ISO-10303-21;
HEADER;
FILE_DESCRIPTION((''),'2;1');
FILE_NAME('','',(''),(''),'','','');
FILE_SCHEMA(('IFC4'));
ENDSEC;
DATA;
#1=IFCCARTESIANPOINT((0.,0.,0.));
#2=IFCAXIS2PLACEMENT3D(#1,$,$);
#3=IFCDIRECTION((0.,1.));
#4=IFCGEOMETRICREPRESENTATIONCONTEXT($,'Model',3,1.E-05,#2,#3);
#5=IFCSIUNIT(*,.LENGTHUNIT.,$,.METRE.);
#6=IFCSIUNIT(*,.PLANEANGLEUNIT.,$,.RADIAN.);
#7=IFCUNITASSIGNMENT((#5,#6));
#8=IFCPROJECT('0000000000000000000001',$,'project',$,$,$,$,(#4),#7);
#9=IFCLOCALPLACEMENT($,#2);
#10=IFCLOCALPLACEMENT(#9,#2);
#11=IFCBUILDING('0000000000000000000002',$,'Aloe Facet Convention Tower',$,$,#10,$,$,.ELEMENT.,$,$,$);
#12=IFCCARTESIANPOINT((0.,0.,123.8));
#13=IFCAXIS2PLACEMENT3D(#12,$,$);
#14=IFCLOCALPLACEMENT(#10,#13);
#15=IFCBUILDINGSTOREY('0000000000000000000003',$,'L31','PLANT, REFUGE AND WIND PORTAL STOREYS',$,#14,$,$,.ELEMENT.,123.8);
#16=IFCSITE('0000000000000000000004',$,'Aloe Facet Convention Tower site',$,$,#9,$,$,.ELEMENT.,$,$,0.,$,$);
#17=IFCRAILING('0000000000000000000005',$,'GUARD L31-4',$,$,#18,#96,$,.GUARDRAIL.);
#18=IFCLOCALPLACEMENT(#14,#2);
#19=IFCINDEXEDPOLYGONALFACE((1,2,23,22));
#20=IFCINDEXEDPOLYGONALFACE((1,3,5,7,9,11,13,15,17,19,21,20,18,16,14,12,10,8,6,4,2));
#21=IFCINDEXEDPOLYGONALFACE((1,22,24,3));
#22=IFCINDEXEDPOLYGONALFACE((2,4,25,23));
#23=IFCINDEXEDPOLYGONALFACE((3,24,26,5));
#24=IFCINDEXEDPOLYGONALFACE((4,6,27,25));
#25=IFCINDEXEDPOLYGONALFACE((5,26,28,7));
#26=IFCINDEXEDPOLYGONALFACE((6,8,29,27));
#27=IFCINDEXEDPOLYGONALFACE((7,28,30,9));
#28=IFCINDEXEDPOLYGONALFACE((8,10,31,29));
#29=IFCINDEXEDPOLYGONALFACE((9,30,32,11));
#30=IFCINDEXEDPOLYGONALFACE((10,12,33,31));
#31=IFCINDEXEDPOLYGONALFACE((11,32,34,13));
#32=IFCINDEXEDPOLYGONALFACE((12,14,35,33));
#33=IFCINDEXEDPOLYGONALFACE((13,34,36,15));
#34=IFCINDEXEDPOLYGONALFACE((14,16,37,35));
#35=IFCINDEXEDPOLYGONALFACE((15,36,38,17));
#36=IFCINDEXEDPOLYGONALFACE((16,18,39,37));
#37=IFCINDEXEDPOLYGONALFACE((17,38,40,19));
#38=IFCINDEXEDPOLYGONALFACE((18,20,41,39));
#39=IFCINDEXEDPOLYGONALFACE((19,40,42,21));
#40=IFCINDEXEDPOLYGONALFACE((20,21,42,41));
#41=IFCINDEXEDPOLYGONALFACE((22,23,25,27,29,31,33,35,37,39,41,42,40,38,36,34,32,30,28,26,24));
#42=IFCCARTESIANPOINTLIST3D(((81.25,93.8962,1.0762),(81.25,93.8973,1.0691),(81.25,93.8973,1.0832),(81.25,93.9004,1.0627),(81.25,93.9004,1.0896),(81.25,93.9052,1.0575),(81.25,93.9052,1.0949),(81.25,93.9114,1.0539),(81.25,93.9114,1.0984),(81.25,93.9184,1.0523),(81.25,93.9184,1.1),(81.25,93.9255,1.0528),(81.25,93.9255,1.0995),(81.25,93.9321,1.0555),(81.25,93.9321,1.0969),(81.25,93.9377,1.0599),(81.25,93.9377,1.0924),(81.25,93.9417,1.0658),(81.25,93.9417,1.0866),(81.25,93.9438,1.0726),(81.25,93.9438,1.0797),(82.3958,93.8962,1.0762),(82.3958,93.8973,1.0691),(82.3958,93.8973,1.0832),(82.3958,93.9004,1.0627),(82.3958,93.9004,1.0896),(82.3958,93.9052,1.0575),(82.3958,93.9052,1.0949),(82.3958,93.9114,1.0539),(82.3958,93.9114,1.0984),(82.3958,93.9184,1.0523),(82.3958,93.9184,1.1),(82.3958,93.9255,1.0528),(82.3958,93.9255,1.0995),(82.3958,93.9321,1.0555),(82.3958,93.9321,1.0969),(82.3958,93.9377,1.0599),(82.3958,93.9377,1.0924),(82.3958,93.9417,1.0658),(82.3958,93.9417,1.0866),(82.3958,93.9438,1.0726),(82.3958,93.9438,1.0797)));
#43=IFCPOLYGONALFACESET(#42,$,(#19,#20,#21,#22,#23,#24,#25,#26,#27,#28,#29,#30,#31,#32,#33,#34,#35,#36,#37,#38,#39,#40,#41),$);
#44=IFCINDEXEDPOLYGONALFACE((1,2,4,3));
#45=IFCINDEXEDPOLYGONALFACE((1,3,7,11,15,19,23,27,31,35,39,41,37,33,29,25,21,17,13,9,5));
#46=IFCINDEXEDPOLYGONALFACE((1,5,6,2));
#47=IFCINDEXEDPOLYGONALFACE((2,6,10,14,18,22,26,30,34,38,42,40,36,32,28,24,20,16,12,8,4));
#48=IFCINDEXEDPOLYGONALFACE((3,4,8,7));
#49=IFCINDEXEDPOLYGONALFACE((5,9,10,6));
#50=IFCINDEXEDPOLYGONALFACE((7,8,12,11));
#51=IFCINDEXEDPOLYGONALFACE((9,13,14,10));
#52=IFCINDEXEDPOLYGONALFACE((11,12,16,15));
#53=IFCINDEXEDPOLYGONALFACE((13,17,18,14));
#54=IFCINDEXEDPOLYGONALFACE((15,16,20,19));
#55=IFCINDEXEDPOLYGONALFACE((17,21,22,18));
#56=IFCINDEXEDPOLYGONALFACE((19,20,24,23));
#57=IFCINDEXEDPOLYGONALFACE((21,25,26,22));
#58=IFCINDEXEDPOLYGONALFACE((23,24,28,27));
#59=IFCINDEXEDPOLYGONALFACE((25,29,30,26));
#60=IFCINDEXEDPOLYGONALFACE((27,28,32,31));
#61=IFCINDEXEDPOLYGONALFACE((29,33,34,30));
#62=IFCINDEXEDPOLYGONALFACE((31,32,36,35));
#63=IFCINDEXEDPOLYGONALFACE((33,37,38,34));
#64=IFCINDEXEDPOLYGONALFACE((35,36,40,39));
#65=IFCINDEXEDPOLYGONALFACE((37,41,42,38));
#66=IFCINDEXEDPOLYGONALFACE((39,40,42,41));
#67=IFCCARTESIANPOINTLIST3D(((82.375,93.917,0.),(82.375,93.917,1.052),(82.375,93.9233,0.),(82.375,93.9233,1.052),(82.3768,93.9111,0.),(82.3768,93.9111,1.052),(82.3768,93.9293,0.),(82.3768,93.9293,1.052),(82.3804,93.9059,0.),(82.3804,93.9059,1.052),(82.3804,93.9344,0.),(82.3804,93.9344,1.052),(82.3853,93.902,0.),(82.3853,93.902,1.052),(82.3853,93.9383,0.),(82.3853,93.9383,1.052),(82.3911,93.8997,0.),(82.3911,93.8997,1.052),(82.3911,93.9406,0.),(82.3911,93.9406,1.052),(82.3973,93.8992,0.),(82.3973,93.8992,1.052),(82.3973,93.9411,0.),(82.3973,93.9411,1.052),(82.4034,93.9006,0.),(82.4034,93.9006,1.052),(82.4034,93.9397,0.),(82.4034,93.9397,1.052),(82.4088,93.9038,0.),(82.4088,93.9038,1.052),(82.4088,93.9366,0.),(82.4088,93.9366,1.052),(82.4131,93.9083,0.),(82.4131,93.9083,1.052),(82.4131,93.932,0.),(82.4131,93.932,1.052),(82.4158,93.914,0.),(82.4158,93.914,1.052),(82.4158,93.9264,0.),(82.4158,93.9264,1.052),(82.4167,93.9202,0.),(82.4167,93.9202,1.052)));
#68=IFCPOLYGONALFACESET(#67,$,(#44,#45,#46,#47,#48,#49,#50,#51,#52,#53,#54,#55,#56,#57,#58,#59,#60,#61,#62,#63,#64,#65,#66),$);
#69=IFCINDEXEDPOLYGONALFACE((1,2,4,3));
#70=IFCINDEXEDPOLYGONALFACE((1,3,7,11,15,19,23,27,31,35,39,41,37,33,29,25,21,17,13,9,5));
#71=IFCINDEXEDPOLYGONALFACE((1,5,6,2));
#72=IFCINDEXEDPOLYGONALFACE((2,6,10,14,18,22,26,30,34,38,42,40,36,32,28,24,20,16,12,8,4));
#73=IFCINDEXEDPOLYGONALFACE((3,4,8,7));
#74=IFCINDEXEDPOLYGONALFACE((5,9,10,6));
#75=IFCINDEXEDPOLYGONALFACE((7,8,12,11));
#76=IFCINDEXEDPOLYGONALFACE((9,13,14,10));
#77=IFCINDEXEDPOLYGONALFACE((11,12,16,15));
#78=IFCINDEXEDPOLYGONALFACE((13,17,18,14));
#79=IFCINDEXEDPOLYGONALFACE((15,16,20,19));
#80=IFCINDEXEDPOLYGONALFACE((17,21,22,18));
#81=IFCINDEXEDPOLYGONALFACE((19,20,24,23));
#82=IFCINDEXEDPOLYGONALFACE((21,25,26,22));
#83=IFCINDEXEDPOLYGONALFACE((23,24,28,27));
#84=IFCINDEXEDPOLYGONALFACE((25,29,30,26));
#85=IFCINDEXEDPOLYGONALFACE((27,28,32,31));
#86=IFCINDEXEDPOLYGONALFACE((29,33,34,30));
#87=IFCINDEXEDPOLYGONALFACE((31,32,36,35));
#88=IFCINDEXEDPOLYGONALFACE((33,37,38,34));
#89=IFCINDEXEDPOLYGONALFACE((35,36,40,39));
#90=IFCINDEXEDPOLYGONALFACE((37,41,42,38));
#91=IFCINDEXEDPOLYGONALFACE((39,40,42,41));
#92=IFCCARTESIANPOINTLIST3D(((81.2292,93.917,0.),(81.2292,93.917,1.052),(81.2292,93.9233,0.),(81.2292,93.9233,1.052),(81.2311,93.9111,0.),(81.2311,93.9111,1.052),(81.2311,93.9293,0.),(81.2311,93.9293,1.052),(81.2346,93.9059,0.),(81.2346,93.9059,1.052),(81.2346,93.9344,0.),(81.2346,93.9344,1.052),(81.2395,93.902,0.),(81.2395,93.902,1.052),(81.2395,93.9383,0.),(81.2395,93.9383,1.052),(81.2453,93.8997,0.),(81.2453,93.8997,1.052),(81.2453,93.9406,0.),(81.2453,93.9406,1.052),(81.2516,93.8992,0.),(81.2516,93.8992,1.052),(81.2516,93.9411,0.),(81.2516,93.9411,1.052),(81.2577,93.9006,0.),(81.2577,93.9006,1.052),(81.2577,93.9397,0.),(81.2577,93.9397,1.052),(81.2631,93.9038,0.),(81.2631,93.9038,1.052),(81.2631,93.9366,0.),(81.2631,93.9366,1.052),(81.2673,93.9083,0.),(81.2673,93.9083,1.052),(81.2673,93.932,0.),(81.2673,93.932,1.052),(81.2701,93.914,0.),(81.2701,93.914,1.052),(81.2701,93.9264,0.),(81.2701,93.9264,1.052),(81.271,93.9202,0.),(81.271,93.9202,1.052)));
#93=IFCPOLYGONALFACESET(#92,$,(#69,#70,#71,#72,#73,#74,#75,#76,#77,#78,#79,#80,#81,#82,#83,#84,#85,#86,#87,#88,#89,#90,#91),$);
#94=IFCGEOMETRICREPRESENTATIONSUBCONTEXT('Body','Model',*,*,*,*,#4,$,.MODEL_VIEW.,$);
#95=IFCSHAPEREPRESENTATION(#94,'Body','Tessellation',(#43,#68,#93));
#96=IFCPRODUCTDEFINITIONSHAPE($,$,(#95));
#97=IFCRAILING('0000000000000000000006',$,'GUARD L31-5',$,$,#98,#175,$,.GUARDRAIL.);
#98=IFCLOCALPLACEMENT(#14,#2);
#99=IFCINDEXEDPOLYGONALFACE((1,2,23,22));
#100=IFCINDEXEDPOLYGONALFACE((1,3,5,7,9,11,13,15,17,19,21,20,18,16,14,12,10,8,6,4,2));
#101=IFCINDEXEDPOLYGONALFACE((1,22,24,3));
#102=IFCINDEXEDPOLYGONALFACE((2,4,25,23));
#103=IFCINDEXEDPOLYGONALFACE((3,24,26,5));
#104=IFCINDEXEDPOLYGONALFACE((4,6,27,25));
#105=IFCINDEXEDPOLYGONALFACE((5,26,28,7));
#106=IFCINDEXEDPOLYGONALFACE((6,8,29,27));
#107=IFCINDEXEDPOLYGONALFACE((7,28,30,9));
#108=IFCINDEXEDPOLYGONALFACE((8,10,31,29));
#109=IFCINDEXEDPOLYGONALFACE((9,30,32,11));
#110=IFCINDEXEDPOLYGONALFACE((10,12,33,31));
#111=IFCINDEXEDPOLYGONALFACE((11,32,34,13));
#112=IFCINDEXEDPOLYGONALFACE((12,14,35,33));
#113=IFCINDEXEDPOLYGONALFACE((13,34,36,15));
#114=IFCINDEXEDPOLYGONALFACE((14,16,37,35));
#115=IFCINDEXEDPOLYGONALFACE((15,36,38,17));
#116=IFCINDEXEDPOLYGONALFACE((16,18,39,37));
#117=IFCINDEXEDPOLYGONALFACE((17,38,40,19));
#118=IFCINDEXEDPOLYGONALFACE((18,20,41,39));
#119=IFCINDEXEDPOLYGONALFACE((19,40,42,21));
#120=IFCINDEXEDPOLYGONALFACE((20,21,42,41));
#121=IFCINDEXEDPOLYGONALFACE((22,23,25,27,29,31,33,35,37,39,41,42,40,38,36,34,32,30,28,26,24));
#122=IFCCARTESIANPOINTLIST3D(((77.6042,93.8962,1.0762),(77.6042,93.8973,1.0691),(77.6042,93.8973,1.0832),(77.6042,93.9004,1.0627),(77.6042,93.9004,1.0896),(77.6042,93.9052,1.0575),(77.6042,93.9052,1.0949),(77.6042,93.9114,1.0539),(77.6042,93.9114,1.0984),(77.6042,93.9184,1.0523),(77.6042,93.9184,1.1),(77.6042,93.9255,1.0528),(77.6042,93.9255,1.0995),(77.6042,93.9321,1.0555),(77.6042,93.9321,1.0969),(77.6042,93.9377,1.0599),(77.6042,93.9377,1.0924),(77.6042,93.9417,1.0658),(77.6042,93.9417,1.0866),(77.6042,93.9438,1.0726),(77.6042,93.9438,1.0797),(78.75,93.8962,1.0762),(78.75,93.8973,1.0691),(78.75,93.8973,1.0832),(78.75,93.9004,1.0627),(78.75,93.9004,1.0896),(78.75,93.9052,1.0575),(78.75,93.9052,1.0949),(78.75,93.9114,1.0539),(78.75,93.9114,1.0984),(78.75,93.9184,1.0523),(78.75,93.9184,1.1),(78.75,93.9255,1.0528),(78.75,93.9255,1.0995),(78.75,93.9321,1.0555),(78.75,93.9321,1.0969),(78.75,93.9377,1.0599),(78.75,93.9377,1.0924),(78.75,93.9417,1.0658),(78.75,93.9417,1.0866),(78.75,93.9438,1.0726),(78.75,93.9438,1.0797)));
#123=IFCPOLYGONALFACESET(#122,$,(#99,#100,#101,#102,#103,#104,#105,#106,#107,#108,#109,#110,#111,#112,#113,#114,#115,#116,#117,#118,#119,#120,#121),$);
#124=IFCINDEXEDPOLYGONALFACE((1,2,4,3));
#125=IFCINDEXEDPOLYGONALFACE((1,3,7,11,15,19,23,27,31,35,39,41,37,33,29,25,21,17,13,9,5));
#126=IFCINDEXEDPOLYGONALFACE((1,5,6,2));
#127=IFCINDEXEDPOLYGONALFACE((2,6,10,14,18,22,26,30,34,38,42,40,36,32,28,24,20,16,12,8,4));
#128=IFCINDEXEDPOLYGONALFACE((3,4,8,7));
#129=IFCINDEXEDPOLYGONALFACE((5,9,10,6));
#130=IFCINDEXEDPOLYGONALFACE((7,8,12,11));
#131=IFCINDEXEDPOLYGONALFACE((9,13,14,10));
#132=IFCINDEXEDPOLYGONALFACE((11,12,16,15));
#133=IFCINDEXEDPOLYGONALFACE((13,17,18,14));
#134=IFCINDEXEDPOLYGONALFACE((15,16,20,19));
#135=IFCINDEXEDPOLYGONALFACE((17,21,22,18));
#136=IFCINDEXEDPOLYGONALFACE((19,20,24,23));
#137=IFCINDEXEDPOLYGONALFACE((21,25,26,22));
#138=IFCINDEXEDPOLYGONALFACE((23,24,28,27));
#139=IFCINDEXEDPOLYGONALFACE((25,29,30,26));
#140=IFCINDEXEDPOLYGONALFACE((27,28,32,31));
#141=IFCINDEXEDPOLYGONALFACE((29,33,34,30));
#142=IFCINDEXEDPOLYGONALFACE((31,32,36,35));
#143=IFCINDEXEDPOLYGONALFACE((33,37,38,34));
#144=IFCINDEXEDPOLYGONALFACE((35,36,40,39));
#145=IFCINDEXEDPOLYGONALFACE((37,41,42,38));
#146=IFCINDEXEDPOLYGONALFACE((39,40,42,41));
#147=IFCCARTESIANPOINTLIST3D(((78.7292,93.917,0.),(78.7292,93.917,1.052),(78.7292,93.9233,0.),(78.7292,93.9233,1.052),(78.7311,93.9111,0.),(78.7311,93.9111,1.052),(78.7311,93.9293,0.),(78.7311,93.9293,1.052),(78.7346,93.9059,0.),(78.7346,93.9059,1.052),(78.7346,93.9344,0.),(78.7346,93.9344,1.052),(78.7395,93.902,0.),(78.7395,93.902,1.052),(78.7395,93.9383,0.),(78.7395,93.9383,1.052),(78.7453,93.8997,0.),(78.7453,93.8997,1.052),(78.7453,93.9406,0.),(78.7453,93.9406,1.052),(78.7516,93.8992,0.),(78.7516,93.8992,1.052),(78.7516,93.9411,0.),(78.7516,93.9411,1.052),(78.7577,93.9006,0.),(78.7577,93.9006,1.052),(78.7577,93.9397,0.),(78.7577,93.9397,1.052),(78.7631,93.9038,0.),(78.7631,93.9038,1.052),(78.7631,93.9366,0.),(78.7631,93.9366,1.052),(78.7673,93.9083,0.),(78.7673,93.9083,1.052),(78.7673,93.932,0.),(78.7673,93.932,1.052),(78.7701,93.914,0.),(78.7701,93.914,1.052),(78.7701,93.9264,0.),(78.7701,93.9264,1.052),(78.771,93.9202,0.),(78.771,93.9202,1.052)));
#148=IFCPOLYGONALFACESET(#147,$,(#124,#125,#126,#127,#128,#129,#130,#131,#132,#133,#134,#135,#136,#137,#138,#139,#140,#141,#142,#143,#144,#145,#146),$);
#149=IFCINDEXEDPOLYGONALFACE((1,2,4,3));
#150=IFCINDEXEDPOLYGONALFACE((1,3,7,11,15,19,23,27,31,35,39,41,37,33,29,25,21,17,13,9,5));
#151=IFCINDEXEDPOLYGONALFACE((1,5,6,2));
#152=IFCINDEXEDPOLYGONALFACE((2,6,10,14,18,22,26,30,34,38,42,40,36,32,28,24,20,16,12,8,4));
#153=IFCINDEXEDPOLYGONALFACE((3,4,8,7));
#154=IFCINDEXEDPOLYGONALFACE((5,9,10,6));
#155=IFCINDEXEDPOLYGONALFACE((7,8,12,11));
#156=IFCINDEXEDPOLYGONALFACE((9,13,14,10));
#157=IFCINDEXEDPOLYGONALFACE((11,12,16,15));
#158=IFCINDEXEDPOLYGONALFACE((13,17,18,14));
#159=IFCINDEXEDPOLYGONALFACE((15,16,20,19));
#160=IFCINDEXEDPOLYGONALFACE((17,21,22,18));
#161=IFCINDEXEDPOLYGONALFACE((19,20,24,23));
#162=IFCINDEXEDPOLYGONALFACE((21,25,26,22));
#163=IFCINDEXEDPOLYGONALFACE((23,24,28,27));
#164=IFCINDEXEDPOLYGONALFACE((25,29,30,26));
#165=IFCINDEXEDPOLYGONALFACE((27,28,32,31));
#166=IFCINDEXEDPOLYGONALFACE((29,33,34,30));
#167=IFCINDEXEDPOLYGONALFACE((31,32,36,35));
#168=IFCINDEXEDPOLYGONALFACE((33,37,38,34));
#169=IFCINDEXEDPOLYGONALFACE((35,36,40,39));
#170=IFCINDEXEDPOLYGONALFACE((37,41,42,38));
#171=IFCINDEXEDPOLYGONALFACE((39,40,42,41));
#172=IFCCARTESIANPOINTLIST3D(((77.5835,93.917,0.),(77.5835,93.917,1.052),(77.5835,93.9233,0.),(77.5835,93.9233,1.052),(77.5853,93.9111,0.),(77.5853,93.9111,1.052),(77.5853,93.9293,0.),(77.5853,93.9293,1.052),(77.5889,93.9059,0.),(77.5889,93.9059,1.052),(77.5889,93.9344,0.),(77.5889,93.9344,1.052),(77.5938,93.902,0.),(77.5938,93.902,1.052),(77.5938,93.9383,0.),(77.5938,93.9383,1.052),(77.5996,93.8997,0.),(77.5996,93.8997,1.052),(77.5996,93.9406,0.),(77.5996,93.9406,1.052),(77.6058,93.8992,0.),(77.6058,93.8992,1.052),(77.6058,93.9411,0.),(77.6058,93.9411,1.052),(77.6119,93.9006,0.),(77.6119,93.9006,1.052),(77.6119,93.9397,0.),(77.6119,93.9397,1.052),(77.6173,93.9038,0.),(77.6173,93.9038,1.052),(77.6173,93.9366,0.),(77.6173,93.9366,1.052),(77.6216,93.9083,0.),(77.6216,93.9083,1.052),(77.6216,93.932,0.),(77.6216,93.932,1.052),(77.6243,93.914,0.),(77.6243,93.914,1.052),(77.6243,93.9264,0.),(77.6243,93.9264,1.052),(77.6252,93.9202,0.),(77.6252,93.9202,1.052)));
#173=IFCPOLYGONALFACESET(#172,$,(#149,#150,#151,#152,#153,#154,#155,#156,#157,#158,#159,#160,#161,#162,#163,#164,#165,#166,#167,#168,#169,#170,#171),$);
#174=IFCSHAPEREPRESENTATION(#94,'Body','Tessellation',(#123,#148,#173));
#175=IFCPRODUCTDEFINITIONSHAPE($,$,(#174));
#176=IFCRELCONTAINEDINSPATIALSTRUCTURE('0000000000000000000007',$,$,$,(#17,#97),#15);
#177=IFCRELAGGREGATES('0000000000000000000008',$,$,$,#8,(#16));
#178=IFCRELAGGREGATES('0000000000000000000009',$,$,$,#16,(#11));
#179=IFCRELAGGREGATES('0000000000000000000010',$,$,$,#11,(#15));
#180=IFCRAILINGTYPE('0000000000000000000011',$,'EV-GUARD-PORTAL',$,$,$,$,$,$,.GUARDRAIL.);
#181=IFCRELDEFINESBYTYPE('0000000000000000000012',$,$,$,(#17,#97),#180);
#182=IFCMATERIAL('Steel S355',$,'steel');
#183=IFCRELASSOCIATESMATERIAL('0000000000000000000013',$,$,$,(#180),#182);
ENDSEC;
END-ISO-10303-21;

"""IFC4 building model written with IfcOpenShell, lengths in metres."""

from ifc_helpers import new_model, si_unit, direction, frame, origin, origin_2d, place, context, subcontext, project, spatial, circle, extrude, material, type_object, element, save


model = new_model("IFC4")

# Units and contexts
model_context = context("Model", 3, precision=1e-05, world=origin(), true_north=direction((0.0, 1.0)))
body_context = subcontext(model_context, "Body", "Model", "MODEL_VIEW")
ifc_project = project(units=[si_unit("LENGTHUNIT", "METRE"), si_unit("PLANEANGLEUNIT", "RADIAN")], contexts=[model_context])

# Site, building, storey
site_placement = place(None, origin())
site = spatial("IfcSite", under=ifc_project, at=site_placement, Name="Aloe Facet Convention Tower site", CompositionType="ELEMENT", RefElevation=0.0)
building_placement = place(site_placement, origin())
building = spatial("IfcBuilding", under=site, at=building_placement, Name="Aloe Facet Convention Tower", CompositionType="ELEMENT")
storey_placement = place(building_placement, frame((0.0, 0.0, 123.8)))
storey = spatial("IfcBuildingStorey", under=building, at=storey_placement, Name="L31", Description="PLANT, REFUGE AND WIND PORTAL STOREYS", CompositionType="ELEMENT", Elevation=123.8)

# Railings
ifc_material_1 = material(Name="Steel S355", Category="steel")
railing_type = type_object("IfcRailingType", Name="EV-GUARD-PORTAL", PredefinedType="GUARDRAIL", material=ifc_material_1)
for number, where, name in (
    (1, (82.3958, 93.9202, 0.0), "GUARD L31-4"),
    (2, (78.75, 93.9202, 0.0), "GUARD L31-5"),
):
    element("IfcRailing", number, at=place(storey_placement, frame(where)), inside=storey, type_object=railing_type, Name=name, PredefinedType="GUARDRAIL", context=body_context, shape_type="SweptSolid", body=[
        extrude(circle(Radius=0.0239, at=origin_2d()), frame((0.0, 0.0, 1.0762), z_axis=(-1.0, 0.0, 0.0), x_axis=(0.0, -1.0, 0.0)), (0.0, 0.0, 1.0), 1.1458),
        extrude(circle(Radius=0.021, at=origin_2d()), origin(), (0.0, 0.0, 1.0), 1.052),
        extrude(circle(Radius=0.021, at=origin_2d()), frame((-1.1458, 0.0, 0.0)), (0.0, 0.0, 1.0), 1.052),
    ])

save(model, "model.ifc")
